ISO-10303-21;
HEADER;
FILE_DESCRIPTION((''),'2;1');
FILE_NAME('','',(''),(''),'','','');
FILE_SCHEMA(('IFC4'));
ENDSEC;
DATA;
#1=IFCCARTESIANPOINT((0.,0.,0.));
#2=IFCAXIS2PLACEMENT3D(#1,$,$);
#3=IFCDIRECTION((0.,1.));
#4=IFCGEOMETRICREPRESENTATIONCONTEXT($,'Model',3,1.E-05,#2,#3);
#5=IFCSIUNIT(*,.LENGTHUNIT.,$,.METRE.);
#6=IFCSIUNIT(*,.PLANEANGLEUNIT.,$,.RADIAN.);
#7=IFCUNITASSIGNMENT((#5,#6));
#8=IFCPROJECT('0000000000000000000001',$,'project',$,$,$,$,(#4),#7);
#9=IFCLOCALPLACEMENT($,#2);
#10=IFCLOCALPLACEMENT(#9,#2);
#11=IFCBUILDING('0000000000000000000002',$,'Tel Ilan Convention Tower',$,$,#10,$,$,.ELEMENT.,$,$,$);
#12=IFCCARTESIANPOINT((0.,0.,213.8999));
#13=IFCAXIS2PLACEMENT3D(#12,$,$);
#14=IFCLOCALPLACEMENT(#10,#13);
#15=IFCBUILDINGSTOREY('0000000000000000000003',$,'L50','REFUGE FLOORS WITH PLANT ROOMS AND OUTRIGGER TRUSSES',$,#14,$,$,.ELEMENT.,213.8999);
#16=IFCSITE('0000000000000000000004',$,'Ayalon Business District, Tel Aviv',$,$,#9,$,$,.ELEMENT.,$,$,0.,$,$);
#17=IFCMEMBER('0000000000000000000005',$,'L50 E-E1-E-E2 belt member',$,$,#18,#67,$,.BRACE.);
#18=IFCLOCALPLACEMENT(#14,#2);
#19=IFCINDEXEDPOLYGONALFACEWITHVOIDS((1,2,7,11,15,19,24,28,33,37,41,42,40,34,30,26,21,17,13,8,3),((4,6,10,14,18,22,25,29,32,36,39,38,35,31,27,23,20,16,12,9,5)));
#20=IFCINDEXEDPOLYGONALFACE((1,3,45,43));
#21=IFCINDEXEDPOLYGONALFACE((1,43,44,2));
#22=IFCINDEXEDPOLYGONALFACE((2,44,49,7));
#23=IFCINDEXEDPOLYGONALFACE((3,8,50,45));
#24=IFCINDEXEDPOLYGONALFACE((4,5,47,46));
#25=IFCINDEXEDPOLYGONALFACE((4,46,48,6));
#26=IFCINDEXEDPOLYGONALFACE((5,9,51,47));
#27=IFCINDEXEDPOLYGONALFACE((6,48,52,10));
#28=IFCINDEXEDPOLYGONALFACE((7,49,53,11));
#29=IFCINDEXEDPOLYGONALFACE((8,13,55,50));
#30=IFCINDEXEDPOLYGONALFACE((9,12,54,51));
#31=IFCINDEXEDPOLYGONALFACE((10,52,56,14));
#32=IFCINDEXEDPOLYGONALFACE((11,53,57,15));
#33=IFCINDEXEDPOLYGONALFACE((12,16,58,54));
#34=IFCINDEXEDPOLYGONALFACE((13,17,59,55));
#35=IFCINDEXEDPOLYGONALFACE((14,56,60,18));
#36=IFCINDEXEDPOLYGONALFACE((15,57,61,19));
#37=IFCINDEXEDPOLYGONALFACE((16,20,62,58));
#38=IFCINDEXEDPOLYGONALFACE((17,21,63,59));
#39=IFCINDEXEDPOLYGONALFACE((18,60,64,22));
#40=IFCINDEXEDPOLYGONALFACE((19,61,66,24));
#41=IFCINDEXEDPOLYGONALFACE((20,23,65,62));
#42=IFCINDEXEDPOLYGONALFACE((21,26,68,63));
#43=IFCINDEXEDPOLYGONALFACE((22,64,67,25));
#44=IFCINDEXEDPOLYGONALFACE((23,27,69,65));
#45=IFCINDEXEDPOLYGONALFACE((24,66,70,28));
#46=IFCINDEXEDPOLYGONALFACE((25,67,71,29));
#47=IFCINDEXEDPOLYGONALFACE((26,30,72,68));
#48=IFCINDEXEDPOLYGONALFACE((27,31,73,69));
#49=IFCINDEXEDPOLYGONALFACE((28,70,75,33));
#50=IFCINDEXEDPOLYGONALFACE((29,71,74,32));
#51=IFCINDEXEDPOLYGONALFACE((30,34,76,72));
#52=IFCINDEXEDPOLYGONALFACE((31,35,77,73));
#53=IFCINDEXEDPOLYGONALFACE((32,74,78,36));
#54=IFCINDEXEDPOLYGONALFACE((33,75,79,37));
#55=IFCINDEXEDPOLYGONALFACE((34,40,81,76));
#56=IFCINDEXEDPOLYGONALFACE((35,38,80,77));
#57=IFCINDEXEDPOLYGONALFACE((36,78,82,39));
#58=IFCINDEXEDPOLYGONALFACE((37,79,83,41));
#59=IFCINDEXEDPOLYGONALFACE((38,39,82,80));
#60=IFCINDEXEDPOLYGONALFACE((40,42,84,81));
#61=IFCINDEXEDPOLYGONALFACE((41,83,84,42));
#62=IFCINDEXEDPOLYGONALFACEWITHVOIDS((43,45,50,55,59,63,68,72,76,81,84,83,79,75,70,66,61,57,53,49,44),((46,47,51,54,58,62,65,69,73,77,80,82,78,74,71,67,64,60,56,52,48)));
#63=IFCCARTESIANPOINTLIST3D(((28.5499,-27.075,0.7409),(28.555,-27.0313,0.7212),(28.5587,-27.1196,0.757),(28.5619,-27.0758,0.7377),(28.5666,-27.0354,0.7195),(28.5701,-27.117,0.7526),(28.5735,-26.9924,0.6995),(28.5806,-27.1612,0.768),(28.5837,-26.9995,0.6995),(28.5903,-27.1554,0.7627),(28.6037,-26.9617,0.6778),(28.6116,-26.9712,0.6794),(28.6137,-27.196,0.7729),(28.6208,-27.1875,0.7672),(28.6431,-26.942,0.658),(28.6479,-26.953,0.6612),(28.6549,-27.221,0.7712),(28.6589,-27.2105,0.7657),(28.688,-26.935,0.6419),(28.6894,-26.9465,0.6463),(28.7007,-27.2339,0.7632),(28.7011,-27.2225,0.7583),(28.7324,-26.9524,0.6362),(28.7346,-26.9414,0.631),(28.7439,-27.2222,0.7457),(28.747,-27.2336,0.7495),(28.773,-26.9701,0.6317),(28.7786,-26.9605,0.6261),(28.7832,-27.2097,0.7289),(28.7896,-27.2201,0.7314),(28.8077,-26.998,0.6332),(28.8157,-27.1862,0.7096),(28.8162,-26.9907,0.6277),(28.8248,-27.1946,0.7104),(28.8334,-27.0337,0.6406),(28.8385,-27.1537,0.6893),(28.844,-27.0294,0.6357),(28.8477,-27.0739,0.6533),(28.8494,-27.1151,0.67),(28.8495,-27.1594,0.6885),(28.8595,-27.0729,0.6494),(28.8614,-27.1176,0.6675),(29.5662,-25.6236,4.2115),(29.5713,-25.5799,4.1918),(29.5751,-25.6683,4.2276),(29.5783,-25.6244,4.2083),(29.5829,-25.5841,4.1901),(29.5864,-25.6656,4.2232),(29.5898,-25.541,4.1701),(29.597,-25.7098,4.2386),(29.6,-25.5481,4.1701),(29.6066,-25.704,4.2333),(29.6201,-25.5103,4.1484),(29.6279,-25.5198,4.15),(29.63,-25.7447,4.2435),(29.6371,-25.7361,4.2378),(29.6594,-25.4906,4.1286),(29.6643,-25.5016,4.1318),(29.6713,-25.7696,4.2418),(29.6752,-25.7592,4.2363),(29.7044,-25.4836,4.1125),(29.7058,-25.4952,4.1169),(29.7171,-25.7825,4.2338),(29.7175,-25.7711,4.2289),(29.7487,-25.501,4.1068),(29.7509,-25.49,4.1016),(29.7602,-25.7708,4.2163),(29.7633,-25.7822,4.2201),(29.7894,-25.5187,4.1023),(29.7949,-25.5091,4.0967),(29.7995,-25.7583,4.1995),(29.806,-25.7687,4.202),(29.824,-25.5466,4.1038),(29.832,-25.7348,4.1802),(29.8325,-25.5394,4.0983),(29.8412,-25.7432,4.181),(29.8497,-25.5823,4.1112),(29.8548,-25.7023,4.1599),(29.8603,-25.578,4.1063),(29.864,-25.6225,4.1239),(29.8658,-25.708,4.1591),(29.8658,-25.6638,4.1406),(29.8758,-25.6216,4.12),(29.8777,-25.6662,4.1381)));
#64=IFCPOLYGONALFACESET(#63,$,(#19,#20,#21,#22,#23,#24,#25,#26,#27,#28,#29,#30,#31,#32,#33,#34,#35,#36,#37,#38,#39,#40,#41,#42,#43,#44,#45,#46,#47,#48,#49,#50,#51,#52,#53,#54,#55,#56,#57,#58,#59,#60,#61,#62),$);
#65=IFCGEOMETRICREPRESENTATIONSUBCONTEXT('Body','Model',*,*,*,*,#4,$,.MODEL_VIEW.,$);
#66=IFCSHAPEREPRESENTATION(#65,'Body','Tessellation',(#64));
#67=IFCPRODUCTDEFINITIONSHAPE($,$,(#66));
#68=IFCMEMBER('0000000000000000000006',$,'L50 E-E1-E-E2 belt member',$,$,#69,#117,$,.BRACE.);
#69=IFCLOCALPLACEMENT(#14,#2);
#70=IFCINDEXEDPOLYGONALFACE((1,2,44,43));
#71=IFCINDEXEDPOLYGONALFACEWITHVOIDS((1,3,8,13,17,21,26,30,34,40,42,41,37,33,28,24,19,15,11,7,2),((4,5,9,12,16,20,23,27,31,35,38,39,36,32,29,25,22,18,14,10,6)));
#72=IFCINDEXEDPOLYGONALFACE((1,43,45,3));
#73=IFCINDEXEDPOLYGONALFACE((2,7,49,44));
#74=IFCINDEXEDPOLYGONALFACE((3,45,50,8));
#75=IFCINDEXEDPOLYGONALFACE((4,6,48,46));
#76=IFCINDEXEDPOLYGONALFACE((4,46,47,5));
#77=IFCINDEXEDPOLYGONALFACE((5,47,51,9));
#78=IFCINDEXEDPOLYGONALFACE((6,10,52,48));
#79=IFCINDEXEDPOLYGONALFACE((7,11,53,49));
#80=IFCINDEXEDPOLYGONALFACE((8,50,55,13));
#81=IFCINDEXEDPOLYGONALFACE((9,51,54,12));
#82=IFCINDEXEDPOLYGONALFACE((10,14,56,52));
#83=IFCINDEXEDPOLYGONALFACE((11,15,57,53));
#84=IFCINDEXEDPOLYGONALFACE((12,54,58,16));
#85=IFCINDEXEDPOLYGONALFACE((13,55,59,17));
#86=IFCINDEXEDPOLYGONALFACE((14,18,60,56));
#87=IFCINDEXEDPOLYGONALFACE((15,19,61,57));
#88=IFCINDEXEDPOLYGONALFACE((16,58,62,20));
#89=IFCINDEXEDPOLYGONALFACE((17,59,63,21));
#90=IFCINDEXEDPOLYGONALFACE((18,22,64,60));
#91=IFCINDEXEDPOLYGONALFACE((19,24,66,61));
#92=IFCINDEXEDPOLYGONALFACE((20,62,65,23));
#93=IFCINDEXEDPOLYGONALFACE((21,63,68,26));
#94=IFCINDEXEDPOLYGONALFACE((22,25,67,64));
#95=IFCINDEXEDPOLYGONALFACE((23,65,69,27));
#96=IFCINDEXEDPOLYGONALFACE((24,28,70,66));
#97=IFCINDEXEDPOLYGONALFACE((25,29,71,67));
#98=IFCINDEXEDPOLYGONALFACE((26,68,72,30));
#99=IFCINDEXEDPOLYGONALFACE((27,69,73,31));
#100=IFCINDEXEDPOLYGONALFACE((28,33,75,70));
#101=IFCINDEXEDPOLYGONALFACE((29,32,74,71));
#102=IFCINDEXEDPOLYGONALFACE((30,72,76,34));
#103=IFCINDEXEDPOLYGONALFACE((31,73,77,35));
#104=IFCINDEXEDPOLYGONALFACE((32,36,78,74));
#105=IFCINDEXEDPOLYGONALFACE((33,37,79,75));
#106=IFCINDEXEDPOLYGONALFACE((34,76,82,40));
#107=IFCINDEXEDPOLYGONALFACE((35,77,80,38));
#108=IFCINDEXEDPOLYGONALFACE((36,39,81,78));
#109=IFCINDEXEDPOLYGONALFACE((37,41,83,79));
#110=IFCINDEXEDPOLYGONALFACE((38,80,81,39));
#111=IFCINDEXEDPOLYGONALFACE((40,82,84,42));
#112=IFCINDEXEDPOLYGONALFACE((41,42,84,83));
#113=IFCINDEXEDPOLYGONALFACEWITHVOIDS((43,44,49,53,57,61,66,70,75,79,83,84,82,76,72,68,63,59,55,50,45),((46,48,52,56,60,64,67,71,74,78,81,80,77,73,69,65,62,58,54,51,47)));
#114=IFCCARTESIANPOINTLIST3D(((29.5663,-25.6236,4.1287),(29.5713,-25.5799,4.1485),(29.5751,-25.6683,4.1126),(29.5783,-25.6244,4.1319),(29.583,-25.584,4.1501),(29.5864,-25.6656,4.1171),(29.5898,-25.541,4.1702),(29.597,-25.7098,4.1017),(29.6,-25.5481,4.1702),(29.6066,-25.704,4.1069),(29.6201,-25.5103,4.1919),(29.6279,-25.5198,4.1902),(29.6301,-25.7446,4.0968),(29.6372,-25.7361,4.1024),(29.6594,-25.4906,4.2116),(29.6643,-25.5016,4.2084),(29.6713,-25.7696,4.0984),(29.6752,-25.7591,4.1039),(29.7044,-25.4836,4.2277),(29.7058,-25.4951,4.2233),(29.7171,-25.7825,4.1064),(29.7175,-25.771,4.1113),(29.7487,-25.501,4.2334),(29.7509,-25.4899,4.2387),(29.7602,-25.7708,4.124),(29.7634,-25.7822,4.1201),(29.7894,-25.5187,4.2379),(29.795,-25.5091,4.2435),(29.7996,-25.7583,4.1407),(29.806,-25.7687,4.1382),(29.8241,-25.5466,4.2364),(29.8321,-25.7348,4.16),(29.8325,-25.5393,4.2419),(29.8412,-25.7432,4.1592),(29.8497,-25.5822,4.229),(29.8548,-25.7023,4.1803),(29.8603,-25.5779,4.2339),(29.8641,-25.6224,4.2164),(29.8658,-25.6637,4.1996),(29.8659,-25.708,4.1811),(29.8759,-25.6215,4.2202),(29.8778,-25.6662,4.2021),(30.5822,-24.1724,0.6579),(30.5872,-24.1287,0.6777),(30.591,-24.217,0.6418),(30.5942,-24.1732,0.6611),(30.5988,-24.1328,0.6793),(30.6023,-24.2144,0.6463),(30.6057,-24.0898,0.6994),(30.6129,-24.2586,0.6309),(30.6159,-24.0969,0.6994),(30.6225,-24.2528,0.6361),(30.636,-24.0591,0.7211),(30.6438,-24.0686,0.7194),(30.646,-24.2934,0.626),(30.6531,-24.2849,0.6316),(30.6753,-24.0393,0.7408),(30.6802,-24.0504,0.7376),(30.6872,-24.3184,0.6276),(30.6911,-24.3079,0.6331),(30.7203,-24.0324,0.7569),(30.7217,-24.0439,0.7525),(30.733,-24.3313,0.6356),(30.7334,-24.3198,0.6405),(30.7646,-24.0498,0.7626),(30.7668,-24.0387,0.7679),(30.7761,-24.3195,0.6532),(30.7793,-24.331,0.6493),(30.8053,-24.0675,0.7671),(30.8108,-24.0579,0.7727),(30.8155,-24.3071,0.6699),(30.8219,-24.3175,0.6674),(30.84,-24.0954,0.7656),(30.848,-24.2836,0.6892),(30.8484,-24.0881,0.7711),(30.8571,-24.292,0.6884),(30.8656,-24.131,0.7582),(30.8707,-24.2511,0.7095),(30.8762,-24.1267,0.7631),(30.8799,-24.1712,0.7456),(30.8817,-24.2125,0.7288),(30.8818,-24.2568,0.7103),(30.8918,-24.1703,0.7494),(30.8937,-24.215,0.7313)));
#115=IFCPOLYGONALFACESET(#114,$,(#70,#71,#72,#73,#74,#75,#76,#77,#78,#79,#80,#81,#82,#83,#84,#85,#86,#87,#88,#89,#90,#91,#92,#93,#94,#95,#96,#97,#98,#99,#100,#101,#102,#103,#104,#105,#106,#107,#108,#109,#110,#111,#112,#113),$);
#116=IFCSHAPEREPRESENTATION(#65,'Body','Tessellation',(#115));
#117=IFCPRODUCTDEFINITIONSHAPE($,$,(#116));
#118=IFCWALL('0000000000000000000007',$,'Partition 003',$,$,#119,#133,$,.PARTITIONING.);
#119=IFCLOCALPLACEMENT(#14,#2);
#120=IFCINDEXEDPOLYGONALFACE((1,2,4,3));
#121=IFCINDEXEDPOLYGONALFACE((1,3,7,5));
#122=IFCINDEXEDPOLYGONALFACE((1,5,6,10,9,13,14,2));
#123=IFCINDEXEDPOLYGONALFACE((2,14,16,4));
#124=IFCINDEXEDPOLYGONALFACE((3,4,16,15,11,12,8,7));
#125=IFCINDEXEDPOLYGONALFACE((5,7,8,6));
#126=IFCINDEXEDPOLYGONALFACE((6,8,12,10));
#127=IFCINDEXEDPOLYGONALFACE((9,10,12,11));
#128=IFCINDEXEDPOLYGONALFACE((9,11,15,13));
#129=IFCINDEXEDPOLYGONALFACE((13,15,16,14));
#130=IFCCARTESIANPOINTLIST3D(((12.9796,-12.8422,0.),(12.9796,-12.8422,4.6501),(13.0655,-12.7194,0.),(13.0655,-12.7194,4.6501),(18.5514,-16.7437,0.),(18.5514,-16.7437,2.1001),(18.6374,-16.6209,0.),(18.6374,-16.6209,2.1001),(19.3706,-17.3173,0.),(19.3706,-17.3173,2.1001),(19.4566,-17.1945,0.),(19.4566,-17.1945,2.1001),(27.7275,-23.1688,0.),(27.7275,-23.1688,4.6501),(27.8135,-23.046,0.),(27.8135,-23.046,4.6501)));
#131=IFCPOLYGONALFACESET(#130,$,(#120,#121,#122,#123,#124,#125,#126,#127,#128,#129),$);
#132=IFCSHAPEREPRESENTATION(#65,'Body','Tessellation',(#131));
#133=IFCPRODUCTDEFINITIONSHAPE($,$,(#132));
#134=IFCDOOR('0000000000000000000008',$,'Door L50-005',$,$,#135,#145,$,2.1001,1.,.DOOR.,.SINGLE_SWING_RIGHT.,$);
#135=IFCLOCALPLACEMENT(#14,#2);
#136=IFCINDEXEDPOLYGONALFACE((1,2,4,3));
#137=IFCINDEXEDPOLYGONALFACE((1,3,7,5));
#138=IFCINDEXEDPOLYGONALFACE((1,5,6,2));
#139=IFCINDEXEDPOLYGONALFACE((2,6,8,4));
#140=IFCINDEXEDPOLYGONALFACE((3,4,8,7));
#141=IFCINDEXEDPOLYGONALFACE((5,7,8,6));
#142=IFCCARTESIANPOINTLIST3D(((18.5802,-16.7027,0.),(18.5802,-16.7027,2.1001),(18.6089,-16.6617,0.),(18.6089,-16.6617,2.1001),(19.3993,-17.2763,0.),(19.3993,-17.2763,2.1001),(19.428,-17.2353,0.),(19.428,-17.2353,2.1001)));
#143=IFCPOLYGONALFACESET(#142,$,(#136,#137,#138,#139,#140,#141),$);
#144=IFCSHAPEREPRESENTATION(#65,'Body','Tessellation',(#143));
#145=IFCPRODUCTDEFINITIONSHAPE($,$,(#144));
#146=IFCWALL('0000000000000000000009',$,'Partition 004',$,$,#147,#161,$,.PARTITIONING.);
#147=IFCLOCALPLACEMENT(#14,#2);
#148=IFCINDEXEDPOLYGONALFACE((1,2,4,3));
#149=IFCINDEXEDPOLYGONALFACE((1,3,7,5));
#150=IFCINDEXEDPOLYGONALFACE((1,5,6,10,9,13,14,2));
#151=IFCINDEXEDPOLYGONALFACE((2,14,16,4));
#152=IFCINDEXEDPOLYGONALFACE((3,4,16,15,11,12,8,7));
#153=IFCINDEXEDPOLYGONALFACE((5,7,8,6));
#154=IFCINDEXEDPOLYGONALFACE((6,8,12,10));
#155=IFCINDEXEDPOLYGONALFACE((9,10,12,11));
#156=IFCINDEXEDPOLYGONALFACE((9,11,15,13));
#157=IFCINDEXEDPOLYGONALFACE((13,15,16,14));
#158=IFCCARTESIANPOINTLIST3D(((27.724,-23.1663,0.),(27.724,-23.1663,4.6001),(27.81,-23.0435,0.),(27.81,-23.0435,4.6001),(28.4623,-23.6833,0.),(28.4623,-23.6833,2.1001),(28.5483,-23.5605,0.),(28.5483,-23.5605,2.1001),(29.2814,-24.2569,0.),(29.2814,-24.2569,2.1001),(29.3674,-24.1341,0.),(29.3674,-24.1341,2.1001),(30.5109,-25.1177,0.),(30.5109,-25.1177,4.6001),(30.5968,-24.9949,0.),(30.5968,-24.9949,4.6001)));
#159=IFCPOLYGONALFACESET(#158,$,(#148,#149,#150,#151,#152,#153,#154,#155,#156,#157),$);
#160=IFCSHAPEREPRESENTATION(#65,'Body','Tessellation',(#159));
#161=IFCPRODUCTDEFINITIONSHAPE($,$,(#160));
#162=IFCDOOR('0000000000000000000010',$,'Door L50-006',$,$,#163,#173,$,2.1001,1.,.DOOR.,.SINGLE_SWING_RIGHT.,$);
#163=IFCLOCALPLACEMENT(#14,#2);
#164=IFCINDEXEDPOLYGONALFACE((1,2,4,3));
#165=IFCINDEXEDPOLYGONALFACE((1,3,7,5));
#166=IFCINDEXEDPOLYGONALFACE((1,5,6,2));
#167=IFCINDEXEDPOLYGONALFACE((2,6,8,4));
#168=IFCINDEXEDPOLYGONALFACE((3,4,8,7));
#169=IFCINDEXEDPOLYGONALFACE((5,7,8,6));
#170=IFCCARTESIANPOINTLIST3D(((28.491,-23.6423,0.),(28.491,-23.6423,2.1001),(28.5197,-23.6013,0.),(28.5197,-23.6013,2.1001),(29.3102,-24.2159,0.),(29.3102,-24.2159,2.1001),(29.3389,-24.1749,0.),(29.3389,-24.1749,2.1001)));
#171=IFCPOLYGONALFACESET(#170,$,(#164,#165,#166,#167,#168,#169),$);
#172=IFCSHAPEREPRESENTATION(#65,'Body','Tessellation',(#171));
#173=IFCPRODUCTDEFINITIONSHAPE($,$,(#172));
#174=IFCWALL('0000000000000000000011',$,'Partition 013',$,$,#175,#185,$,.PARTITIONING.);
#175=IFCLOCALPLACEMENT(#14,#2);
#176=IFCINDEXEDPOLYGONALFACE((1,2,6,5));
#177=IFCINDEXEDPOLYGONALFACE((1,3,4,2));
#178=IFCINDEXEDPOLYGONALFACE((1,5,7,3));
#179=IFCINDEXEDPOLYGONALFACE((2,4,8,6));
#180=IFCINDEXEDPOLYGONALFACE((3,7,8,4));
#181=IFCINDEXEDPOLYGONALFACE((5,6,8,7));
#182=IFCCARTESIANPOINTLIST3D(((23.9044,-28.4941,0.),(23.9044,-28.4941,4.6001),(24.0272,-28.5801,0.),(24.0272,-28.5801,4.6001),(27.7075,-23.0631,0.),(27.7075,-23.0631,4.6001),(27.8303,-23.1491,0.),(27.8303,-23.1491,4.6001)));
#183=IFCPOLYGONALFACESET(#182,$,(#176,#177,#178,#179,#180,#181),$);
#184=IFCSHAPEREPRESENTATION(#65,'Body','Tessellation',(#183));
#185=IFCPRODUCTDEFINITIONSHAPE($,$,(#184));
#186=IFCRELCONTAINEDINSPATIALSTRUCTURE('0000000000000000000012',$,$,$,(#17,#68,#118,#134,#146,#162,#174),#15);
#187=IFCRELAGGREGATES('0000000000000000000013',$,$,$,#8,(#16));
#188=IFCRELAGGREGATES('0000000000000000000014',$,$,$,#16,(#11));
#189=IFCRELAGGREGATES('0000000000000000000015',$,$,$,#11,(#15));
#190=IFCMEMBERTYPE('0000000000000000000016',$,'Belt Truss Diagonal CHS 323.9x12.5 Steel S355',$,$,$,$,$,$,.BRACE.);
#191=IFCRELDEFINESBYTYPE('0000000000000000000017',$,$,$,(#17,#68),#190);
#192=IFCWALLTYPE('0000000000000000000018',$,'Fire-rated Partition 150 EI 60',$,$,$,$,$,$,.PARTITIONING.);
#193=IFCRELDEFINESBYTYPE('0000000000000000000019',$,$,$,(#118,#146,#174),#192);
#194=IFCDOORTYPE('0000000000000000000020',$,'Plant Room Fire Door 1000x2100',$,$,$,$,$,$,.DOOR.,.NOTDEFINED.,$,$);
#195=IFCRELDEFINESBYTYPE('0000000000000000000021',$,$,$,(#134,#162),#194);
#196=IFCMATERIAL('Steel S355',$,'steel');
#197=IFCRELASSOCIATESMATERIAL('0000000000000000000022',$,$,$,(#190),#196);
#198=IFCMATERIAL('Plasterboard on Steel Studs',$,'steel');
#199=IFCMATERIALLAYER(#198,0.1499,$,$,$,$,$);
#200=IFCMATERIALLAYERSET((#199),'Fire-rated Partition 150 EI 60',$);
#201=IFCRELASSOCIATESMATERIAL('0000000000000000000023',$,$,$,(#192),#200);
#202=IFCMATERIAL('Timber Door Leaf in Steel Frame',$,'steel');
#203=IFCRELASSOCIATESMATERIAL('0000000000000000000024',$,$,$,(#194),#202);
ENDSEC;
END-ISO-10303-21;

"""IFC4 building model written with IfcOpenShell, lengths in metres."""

from ifc_helpers import new_model, si_unit, direction, frame, frame_2d, origin, origin_2d, place, context, subcontext, project, spatial, rectangle, hollow_circle, extrude, material, layer, layer_set, material_profile, profile_set, type_object, element, fill, save


model = new_model("IFC4")

# Units and contexts
model_context = context("Model", 3, precision=1e-05, world=origin(), true_north=direction((0.0, 1.0)))
body_context = subcontext(model_context, "Body", "Model", "MODEL_VIEW")
ifc_project = project(units=[si_unit("LENGTHUNIT", "METRE"), si_unit("PLANEANGLEUNIT", "RADIAN")], contexts=[model_context])

# Site, building, storey
site_placement = place(None, origin())
site = spatial("IfcSite", under=ifc_project, at=site_placement, Name="Ayalon Business District, Tel Aviv", CompositionType="ELEMENT", RefElevation=0.0)
building_placement = place(site_placement, origin())
building = spatial("IfcBuilding", under=site, at=building_placement, Name="Tel Ilan Convention Tower", CompositionType="ELEMENT")
storey_placement = place(building_placement, frame((0.0, 0.0, 213.8999)))
storey = spatial("IfcBuildingStorey", under=building, at=storey_placement, Name="L50", Description="REFUGE FLOORS WITH PLANT ROOMS AND OUTRIGGER TRUSSES", CompositionType="ELEMENT", Elevation=213.8999)

# Members
ifc_material_1 = material(Name="Steel S355", Category="steel")
ifc_material_profile_1 = material_profile(ifc_material_1, hollow_circle(Radius=0.1619, WallThickness=0.0125, at=origin_2d()), Name="CHS 323.9x12.5")
ifc_profile_set_1 = profile_set([ifc_material_profile_1], Name="Steel S355")
member_type_1 = type_object("IfcMemberType", Name="Belt Truss Diagonal CHS 323.9x12.5 Steel S355", PredefinedType="BRACE", material=ifc_profile_set_1)
for number, where, z_axis, x_axis, name in (
    (1, (28.7061, -27.0852, 0.6995), (0.260816, 0.37246, 0.890645), (-0.819135, 0.573601, 0.0), "L50 E-E1-E-E2 belt member"),
    (2, (29.7224, -25.6338, 4.1702), (0.260705, 0.372418, -0.890695), (-0.819219, 0.573481, 0.0), "L50 E-E1-E-E2 belt member"),
):
    element("IfcMember", number, at=place(storey_placement, frame(where, z_axis=z_axis, x_axis=x_axis)), inside=storey, type_object=member_type_1, Name=name, PredefinedType="BRACE", context=body_context, shape_type="SweptSolid", body=[
        extrude(hollow_circle(Radius=0.1619, WallThickness=0.0125, at=origin_2d()), origin(), (0.0, 0.0, 1.0), 3.8967),
    ])

# Walls, openings, doors
ifc_material_2 = material(Name="Plasterboard on Steel Studs", Category="steel")
ifc_layer_1 = layer(ifc_material_2, 0.1499)
ifc_layer_set_1 = layer_set([ifc_layer_1], Name="Fire-rated Partition 150 EI 60")
wall_type = type_object("IfcWallType", Name="Fire-rated Partition 150 EI 60", PredefinedType="PARTITIONING", material=ifc_layer_set_1)
wall_1_placement = place(storey_placement, frame((27.7705, -23.1074, 0.0), z_axis=(0.0, 0.0, 1.0), x_axis=(-0.819153, 0.573575, 0.0)))
wall_1 = element("IfcWall", 3, at=wall_1_placement, inside=storey, type_object=wall_type, Name="Partition 003", PredefinedType="PARTITIONING", context=body_context, shape_type="SweptSolid", body=[
    extrude(rectangle(XDim=18.0039, YDim=0.1499, at=frame_2d((9.002, 0.0))), origin(), (0.0, 0.0, 1.0), 4.6501),
])
opening_1_placement = place(wall_1_placement, frame((10.2019, 0.0, 0.0)))
opening_1 = element("IfcOpeningElement", 4, at=opening_1_placement, cuts=wall_1, PredefinedType="OPENING", context=body_context, shape_type="SweptSolid", body=[
    extrude(rectangle(XDim=1.0, YDim=2.1001, at=frame_2d((0.5, 1.05))), frame((0.0, 0.085, 0.0), z_axis=(0.0, -1.0, 0.0), x_axis=(1.0, 0.0, 0.0)), (0.0, 0.0, 1.0), 0.1699),
])
ifc_material_3 = material(Name="Timber Door Leaf in Steel Frame", Category="steel")
door_type = type_object("IfcDoorType", Name="Plant Room Fire Door 1000x2100", OperationType="NOTDEFINED", PredefinedType="DOOR", material=ifc_material_3)
door_1_placement = place(opening_1_placement, origin())
door_1 = element("IfcDoor", 5, at=door_1_placement, inside=storey, type_object=door_type, Name="Door L50-005", OperationType="SINGLE_SWING_RIGHT", OverallHeight=2.1001, OverallWidth=1.0, PredefinedType="DOOR", context=body_context, shape_type="SweptSolid", body=[
    extrude(rectangle(XDim=1.0, YDim=2.1001, at=frame_2d((0.5, 1.05))), frame((0.0, 0.0249, 0.0), z_axis=(0.0, -1.0, 0.0), x_axis=(1.0, 0.0, 0.0)), (0.0, 0.0, 1.0), 0.05),
])
fill(opening_1, door_1)
wall_2_placement = place(storey_placement, frame((30.554, -25.0564, 0.0), z_axis=(0.0, 0.0, 1.0), x_axis=(-0.819148, 0.573583, 0.0)))
wall_2 = element("IfcWall", 6, at=wall_2_placement, inside=storey, type_object=wall_type, Name="Partition 004", PredefinedType="PARTITIONING", context=body_context, shape_type="SweptSolid", body=[
    extrude(rectangle(XDim=3.4021, YDim=0.1499, at=frame_2d((1.7012, 0.0))), origin(), (0.0, 0.0, 1.0), 4.6001),
])
opening_2_placement = place(wall_2_placement, frame((1.501, 0.0, 0.0)))
opening_2 = element("IfcOpeningElement", 7, at=opening_2_placement, cuts=wall_2, PredefinedType="OPENING", context=body_context, shape_type="SweptSolid", body=[
    extrude(rectangle(XDim=1.0, YDim=2.1001, at=frame_2d((0.5, 1.05))), frame((0.0, 0.085, 0.0), z_axis=(0.0, -1.0, 0.0), x_axis=(1.0, 0.0, 0.0)), (0.0, 0.0, 1.0), 0.1699),
])
door_2_placement = place(opening_2_placement, origin())
door_2 = element("IfcDoor", 8, at=door_2_placement, inside=storey, type_object=door_type, Name="Door L50-006", OperationType="SINGLE_SWING_RIGHT", OverallHeight=2.1001, OverallWidth=1.0, PredefinedType="DOOR", context=body_context, shape_type="SweptSolid", body=[
    extrude(rectangle(XDim=1.0, YDim=2.1001, at=frame_2d((0.5, 1.05))), frame((0.0, 0.0249, 0.0), z_axis=(0.0, -1.0, 0.0), x_axis=(1.0, 0.0, 0.0)), (0.0, 0.0, 1.0), 0.05),
])
fill(opening_2, door_2)

# Wall
wall_3_placement = place(storey_placement, frame((27.7688, -23.1062, 0.0), z_axis=(0.0, 0.0, 1.0), x_axis=(-0.573598, -0.819137, 0.0)))
element("IfcWall", 9, at=wall_3_placement, inside=storey, type_object=wall_type, Name="Partition 013", PredefinedType="PARTITIONING", context=body_context, shape_type="SweptSolid", body=[
    extrude(rectangle(XDim=6.6301, YDim=0.1499, at=frame_2d((3.3149, 0.0))), origin(), (0.0, 0.0, 1.0), 4.6001),
])

save(model, "model.ifc")
